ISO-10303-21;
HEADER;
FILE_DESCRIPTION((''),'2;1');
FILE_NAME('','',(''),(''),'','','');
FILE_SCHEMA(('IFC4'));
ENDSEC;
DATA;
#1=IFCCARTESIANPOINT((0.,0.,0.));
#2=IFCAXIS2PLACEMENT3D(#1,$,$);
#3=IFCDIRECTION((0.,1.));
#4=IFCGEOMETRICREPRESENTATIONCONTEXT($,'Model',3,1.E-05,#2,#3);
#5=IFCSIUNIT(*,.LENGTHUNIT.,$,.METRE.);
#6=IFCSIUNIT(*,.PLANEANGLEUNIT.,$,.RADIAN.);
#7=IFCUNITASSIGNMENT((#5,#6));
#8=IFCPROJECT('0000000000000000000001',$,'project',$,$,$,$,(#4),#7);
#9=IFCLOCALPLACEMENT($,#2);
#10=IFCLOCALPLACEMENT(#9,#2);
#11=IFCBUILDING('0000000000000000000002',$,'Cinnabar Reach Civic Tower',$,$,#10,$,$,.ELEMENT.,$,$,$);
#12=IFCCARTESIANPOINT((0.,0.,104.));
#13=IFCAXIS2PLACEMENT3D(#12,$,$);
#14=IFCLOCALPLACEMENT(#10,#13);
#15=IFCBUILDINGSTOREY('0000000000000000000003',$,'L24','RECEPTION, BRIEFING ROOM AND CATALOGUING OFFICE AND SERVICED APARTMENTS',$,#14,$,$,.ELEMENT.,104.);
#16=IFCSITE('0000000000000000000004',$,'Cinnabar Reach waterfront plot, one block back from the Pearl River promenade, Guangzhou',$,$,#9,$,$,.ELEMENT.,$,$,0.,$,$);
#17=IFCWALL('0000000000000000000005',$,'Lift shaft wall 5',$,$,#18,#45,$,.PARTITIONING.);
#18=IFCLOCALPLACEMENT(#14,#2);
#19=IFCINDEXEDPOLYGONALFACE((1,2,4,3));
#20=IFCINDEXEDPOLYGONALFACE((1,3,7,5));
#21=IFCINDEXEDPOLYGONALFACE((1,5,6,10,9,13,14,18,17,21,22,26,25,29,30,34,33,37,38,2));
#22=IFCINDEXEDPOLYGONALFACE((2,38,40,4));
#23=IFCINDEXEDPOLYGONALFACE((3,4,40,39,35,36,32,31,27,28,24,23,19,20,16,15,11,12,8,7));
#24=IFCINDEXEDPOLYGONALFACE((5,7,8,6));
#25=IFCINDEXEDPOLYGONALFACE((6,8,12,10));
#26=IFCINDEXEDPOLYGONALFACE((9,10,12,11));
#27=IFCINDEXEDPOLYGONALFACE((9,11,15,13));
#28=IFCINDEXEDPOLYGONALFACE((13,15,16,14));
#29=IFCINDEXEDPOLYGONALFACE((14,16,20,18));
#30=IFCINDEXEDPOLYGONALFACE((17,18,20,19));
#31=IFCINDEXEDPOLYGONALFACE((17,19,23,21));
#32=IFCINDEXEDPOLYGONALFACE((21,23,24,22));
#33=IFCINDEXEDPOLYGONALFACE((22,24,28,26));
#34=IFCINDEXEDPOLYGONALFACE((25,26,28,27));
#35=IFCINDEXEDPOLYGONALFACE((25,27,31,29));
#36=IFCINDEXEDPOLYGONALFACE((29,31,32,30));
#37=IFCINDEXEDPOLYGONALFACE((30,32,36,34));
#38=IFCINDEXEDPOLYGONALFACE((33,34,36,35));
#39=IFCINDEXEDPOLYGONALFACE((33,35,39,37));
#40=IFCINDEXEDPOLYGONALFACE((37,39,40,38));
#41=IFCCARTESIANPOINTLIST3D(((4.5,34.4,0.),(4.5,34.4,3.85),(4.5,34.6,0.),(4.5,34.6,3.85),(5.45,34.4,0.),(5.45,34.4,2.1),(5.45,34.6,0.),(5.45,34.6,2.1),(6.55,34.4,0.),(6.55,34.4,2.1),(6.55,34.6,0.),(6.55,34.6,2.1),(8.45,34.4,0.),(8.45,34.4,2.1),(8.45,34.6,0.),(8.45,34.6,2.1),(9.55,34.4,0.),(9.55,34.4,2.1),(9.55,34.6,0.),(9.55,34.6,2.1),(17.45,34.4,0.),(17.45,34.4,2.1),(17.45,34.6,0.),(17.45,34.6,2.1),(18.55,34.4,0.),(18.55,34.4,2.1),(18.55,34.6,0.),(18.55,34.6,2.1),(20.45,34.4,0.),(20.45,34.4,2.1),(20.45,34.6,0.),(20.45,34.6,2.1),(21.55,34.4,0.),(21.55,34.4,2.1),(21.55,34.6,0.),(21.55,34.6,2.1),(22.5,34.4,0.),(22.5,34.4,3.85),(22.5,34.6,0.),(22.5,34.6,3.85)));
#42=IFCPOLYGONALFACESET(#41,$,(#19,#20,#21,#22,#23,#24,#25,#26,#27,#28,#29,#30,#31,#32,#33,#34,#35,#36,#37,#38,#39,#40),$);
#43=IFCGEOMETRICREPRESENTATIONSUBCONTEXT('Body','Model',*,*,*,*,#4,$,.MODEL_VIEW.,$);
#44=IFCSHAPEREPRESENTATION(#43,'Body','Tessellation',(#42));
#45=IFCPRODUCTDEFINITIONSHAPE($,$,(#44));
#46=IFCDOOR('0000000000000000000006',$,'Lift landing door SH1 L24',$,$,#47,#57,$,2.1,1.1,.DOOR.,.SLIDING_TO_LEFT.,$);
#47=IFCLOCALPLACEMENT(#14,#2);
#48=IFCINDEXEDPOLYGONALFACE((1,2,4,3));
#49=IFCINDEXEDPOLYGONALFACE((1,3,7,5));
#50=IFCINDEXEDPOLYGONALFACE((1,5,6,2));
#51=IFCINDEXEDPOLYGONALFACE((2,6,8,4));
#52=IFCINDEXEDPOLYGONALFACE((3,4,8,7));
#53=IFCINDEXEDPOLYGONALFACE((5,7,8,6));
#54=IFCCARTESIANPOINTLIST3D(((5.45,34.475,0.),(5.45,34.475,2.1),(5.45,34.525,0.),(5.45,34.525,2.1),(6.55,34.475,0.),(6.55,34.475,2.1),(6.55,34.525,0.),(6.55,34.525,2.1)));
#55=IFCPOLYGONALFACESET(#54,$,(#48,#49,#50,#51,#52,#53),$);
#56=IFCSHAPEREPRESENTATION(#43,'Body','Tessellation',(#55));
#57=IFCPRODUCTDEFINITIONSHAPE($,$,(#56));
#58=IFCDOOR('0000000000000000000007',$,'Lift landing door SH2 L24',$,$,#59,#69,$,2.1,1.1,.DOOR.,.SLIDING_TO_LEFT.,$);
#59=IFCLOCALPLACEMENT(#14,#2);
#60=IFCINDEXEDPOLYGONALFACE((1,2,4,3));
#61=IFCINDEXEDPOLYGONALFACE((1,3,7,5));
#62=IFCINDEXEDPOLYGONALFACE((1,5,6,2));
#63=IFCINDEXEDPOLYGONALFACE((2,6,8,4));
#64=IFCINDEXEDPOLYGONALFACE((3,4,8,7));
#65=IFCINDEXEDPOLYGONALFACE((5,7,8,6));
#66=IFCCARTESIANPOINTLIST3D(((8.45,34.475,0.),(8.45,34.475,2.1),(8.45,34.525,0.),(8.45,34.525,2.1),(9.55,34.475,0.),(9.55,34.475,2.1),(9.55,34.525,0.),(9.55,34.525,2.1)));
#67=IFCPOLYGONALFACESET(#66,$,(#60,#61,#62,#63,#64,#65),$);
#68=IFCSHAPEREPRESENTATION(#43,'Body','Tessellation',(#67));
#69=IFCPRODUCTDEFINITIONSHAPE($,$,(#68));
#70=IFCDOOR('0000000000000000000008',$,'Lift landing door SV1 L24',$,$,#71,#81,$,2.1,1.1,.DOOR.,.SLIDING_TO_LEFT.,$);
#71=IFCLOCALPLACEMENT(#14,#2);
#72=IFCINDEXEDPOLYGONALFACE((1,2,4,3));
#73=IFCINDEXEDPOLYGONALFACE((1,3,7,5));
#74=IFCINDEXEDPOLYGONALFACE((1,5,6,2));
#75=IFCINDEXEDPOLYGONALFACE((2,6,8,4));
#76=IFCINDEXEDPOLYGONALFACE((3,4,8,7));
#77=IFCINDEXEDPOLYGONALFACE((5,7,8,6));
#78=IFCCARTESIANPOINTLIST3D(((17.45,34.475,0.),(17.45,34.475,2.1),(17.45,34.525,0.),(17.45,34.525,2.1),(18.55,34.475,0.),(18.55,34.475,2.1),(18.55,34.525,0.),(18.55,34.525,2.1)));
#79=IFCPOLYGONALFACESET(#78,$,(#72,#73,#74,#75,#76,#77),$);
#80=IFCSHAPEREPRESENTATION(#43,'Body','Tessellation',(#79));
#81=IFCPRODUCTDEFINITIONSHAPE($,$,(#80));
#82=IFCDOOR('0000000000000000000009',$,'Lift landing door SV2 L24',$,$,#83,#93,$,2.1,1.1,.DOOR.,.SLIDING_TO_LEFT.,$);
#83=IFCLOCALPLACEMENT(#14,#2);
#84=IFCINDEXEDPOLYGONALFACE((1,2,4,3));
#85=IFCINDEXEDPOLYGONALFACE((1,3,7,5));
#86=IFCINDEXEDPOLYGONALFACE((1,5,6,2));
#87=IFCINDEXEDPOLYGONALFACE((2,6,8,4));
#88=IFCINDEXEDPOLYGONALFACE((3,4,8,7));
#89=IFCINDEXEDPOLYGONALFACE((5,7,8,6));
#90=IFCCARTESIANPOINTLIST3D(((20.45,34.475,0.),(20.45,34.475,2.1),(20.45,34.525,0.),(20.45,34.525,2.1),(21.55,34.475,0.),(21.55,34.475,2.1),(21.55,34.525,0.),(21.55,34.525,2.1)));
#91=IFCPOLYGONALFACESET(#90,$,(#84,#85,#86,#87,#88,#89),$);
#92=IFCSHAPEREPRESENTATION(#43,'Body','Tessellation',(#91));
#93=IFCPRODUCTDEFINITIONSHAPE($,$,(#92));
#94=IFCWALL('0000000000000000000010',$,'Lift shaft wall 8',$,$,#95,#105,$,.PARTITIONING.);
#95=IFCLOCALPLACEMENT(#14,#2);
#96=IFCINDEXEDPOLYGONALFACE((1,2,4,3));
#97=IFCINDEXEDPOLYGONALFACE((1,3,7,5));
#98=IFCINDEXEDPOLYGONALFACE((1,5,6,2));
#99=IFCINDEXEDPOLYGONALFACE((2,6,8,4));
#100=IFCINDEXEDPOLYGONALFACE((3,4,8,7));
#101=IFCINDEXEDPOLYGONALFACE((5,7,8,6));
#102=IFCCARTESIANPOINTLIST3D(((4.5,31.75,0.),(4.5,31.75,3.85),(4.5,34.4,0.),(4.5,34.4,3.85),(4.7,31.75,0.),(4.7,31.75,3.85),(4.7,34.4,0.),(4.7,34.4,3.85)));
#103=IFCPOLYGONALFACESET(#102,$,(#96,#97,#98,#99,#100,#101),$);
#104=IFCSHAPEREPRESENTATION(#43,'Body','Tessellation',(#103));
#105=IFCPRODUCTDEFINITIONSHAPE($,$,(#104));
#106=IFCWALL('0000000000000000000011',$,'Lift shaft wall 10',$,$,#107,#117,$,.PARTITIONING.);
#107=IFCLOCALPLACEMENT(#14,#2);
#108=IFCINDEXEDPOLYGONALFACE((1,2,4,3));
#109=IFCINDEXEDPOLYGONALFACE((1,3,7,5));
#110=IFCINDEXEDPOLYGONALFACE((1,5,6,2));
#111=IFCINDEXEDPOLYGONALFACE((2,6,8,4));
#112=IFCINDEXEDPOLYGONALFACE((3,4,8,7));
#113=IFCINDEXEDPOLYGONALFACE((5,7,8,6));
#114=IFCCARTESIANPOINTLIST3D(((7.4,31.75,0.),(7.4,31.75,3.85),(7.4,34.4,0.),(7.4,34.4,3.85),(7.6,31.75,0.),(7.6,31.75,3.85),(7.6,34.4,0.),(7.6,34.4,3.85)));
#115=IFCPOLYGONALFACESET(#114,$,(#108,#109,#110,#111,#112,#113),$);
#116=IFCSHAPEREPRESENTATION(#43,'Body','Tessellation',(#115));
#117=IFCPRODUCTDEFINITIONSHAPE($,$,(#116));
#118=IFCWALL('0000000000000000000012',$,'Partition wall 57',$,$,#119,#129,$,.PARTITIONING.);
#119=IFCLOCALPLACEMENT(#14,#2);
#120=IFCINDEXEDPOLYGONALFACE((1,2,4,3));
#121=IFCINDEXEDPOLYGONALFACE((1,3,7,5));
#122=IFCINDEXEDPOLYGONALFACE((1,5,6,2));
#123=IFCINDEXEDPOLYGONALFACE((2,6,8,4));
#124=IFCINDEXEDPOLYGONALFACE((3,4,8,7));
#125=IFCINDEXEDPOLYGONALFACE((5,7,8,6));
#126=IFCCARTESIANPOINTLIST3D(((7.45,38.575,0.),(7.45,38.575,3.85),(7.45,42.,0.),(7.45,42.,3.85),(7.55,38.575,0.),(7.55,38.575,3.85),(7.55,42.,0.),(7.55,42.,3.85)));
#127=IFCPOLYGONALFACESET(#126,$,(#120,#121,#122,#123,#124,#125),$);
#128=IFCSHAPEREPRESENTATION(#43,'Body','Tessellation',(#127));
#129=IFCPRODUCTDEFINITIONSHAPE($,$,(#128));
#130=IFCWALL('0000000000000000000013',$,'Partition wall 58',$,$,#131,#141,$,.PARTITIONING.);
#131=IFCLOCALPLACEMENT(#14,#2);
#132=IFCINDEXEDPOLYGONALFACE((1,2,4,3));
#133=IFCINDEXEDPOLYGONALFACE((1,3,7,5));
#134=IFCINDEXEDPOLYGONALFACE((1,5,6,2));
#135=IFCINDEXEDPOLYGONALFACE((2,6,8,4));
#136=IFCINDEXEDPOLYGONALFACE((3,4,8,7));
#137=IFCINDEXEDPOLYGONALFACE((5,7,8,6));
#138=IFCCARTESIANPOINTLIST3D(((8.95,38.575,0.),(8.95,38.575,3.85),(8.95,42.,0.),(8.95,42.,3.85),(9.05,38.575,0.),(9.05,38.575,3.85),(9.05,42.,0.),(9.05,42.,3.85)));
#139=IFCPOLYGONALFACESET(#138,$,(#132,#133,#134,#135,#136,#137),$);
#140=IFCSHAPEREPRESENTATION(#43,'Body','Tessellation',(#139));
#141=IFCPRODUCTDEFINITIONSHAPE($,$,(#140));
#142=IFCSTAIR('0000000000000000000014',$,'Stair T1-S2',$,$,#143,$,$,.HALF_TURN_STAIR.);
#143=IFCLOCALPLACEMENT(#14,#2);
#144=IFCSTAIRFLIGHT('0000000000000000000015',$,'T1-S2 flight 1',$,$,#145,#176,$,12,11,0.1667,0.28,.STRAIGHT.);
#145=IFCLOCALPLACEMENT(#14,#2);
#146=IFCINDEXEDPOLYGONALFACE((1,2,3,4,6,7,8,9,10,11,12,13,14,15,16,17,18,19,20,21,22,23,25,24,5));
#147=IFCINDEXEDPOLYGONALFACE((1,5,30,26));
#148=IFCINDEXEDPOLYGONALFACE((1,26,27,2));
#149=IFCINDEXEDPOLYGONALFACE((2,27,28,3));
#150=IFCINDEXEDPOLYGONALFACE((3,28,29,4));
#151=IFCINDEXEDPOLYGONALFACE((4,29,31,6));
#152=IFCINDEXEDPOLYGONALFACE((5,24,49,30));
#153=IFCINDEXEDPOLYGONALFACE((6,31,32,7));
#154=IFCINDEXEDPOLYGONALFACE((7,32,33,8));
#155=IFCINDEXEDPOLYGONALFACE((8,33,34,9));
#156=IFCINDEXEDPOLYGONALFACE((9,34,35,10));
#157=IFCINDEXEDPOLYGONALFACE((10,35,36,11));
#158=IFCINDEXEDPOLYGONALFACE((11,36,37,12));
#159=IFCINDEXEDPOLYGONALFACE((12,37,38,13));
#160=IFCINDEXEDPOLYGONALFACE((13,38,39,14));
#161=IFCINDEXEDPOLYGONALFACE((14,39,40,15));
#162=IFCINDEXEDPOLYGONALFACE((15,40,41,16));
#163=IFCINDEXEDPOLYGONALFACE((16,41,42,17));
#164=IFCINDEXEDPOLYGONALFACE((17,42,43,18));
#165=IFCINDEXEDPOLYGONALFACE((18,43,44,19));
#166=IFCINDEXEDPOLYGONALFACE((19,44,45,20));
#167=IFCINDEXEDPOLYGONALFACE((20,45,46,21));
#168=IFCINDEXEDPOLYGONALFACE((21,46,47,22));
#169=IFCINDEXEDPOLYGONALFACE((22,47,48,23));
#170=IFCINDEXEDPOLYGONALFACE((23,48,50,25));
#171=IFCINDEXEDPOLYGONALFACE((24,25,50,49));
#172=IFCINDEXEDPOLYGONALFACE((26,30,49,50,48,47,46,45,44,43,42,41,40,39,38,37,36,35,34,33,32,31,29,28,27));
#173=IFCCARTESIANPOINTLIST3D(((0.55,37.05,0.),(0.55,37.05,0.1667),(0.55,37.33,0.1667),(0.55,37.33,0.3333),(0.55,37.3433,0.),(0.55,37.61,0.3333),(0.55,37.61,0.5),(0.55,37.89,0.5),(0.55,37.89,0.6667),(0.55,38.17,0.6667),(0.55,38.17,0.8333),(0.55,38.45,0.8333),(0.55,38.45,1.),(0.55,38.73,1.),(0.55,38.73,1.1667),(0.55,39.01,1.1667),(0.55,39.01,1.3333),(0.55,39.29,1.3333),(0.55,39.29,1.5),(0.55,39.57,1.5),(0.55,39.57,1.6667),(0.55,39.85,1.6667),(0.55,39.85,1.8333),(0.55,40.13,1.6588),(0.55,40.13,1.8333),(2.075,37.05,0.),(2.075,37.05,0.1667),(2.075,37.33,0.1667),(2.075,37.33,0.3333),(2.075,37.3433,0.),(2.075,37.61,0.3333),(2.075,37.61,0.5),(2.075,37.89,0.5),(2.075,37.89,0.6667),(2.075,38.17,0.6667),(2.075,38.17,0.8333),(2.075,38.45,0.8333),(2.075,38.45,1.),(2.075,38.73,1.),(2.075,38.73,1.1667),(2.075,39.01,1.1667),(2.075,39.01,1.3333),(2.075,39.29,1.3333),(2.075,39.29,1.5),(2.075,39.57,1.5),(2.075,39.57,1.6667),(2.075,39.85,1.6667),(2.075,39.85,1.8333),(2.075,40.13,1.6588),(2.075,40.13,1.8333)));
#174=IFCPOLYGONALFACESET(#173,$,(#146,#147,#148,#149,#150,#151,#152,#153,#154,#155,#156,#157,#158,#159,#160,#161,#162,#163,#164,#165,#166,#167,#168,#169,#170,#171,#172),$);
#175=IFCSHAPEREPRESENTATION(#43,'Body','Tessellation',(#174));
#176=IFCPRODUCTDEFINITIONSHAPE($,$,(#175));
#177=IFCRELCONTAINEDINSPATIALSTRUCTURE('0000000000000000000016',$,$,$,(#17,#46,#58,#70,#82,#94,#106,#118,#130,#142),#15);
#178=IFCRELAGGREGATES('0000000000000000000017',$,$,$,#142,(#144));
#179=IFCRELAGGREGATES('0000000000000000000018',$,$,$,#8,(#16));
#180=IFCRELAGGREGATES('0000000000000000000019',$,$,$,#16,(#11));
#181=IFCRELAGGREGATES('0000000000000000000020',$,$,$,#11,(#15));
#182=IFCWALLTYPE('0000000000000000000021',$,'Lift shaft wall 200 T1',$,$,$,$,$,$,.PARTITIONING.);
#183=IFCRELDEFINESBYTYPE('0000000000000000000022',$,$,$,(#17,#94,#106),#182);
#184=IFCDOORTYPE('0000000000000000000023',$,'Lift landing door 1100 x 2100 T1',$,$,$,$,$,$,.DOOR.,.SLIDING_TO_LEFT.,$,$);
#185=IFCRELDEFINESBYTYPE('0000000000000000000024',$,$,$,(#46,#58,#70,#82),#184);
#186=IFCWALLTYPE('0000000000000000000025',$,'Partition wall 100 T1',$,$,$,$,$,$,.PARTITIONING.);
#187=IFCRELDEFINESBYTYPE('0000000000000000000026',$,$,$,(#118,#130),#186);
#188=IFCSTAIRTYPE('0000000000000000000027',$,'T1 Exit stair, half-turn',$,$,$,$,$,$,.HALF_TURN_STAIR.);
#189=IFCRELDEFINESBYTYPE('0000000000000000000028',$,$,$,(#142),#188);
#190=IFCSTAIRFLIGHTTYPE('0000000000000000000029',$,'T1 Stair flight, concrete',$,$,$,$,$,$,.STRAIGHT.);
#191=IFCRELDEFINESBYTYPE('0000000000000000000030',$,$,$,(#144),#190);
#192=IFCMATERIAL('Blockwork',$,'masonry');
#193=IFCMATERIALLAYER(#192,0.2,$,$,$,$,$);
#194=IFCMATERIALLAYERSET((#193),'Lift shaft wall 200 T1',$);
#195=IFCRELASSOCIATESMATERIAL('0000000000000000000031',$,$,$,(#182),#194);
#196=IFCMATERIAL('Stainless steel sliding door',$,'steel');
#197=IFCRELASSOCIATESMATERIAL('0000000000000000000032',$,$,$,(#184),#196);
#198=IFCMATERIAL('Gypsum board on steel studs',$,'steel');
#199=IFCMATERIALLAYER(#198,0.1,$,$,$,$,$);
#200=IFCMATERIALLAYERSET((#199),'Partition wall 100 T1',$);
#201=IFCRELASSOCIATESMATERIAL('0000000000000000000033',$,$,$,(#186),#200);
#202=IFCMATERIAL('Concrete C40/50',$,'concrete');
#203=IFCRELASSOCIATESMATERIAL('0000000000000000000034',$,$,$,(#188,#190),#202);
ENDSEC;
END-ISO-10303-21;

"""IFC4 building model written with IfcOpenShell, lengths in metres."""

from ifc_helpers import new_model, si_unit, direction, frame, frame_2d, origin, place, context, subcontext, project, spatial, polyline, rectangle, outline, extrude, material, layer, layer_set, type_object, element, fill, aggregate, save


model = new_model("IFC4")

# Units and contexts
model_context = context("Model", 3, precision=1e-05, world=origin(), true_north=direction((0.0, 1.0)))
body_context = subcontext(model_context, "Body", "Model", "MODEL_VIEW")
ifc_project = project(units=[si_unit("LENGTHUNIT", "METRE"), si_unit("PLANEANGLEUNIT", "RADIAN")], contexts=[model_context])

# Site, building, storey
site_placement = place(None, origin())
site = spatial("IfcSite", under=ifc_project, at=site_placement, Name="Cinnabar Reach waterfront plot, one block back from the Pearl River promenade, Guangzhou", CompositionType="ELEMENT", RefElevation=0.0)
building_placement = place(site_placement, origin())
building = spatial("IfcBuilding", under=site, at=building_placement, Name="Cinnabar Reach Civic Tower", CompositionType="ELEMENT")
storey_placement = place(building_placement, frame((0.0, 0.0, 104.0)))
storey = spatial("IfcBuildingStorey", under=building, at=storey_placement, Name="L24", Description="RECEPTION, BRIEFING ROOM AND CATALOGUING OFFICE AND SERVICED APARTMENTS", CompositionType="ELEMENT", Elevation=104.0)

# Wall, openings, doors
ifc_material_1 = material(Name="Blockwork", Category="masonry")
ifc_layer_1 = layer(ifc_material_1, 0.2)
ifc_layer_set_1 = layer_set([ifc_layer_1], Name="Lift shaft wall 200 T1")
wall_type_1 = type_object("IfcWallType", Name="Lift shaft wall 200 T1", PredefinedType="PARTITIONING", material=ifc_layer_set_1)
wall_1_placement = place(storey_placement, frame((4.5, 34.5, 0.0), z_axis=(0.0, 0.0, 1.0), x_axis=(1.0, 0.0, 0.0)))
wall_1 = element("IfcWall", 1, at=wall_1_placement, inside=storey, type_object=wall_type_1, Name="Lift shaft wall 5", PredefinedType="PARTITIONING", context=body_context, shape_type="SweptSolid", body=[
    extrude(rectangle(XDim=18.0, YDim=0.2, at=frame_2d((9.0, 0.0))), origin(), (0.0, 0.0, 1.0), 3.85),
])
opening_1_placement = place(wall_1_placement, frame((0.95, 0.0, 0.0)))
opening_1 = element("IfcOpeningElement", 2, at=opening_1_placement, cuts=wall_1, PredefinedType="OPENING", context=body_context, shape_type="SweptSolid", body=[
    extrude(rectangle(XDim=1.1, YDim=2.1, at=frame_2d((0.55, 1.05))), frame((0.0, 0.11, 0.0), z_axis=(0.0, -1.0, 0.0), x_axis=(1.0, 0.0, 0.0)), (0.0, 0.0, 1.0), 0.22),
])
opening_2_placement = place(wall_1_placement, frame((3.95, 0.0, 0.0)))
opening_2 = element("IfcOpeningElement", 3, at=opening_2_placement, cuts=wall_1, PredefinedType="OPENING", context=body_context, shape_type="SweptSolid", body=[
    extrude(rectangle(XDim=1.1, YDim=2.1, at=frame_2d((0.55, 1.05))), frame((0.0, 0.11, 0.0), z_axis=(0.0, -1.0, 0.0), x_axis=(1.0, 0.0, 0.0)), (0.0, 0.0, 1.0), 0.22),
])
opening_3_placement = place(wall_1_placement, frame((12.95, 0.0, 0.0)))
opening_3 = element("IfcOpeningElement", 4, at=opening_3_placement, cuts=wall_1, PredefinedType="OPENING", context=body_context, shape_type="SweptSolid", body=[
    extrude(rectangle(XDim=1.1, YDim=2.1, at=frame_2d((0.55, 1.05))), frame((0.0, 0.11, 0.0), z_axis=(0.0, -1.0, 0.0), x_axis=(1.0, 0.0, 0.0)), (0.0, 0.0, 1.0), 0.22),
])
opening_4_placement = place(wall_1_placement, frame((15.95, 0.0, 0.0)))
opening_4 = element("IfcOpeningElement", 5, at=opening_4_placement, cuts=wall_1, PredefinedType="OPENING", context=body_context, shape_type="SweptSolid", body=[
    extrude(rectangle(XDim=1.1, YDim=2.1, at=frame_2d((0.55, 1.05))), frame((0.0, 0.11, 0.0), z_axis=(0.0, -1.0, 0.0), x_axis=(1.0, 0.0, 0.0)), (0.0, 0.0, 1.0), 0.22),
])
ifc_material_2 = material(Name="Stainless steel sliding door", Category="steel")
door_type_1 = type_object("IfcDoorType", Name="Lift landing door 1100 x 2100 T1", OperationType="SLIDING_TO_LEFT", PredefinedType="DOOR", material=ifc_material_2)
door_1_placement = place(opening_1_placement, origin())
door_1 = element("IfcDoor", 6, at=door_1_placement, inside=storey, type_object=door_type_1, Name="Lift landing door SH1 L24", OperationType="SLIDING_TO_LEFT", OverallHeight=2.1, OverallWidth=1.1, PredefinedType="DOOR", context=body_context, shape_type="SweptSolid", body=[
    extrude(rectangle(XDim=1.1, YDim=2.1, at=frame_2d((0.55, 1.05))), frame((0.0, 0.025, 0.0), z_axis=(0.0, -1.0, 0.0), x_axis=(1.0, 0.0, 0.0)), (0.0, 0.0, 1.0), 0.05),
])
fill(opening_1, door_1)
door_2_placement = place(opening_2_placement, origin())
door_2 = element("IfcDoor", 7, at=door_2_placement, inside=storey, type_object=door_type_1, Name="Lift landing door SH2 L24", OperationType="SLIDING_TO_LEFT", OverallHeight=2.1, OverallWidth=1.1, PredefinedType="DOOR", context=body_context, shape_type="SweptSolid", body=[
    extrude(rectangle(XDim=1.1, YDim=2.1, at=frame_2d((0.55, 1.05))), frame((0.0, 0.025, 0.0), z_axis=(0.0, -1.0, 0.0), x_axis=(1.0, 0.0, 0.0)), (0.0, 0.0, 1.0), 0.05),
])
fill(opening_2, door_2)
door_3_placement = place(opening_3_placement, origin())
door_3 = element("IfcDoor", 8, at=door_3_placement, inside=storey, type_object=door_type_1, Name="Lift landing door SV1 L24", OperationType="SLIDING_TO_LEFT", OverallHeight=2.1, OverallWidth=1.1, PredefinedType="DOOR", context=body_context, shape_type="SweptSolid", body=[
    extrude(rectangle(XDim=1.1, YDim=2.1, at=frame_2d((0.55, 1.05))), frame((0.0, 0.025, 0.0), z_axis=(0.0, -1.0, 0.0), x_axis=(1.0, 0.0, 0.0)), (0.0, 0.0, 1.0), 0.05),
])
fill(opening_3, door_3)
door_4_placement = place(opening_4_placement, origin())
door_4 = element("IfcDoor", 9, at=door_4_placement, inside=storey, type_object=door_type_1, Name="Lift landing door SV2 L24", OperationType="SLIDING_TO_LEFT", OverallHeight=2.1, OverallWidth=1.1, PredefinedType="DOOR", context=body_context, shape_type="SweptSolid", body=[
    extrude(rectangle(XDim=1.1, YDim=2.1, at=frame_2d((0.55, 1.05))), frame((0.0, 0.025, 0.0), z_axis=(0.0, -1.0, 0.0), x_axis=(1.0, 0.0, 0.0)), (0.0, 0.0, 1.0), 0.05),
])
fill(opening_4, door_4)

# Walls
for number, where, z_axis, x_axis, name in (
    (10, (4.6, 31.75, 0.0), (0.0, 0.0, 1.0), (0.0, 1.0, 0.0), "Lift shaft wall 8"),
    (11, (7.5, 31.75, 0.0), (0.0, 0.0, 1.0), (0.0, 1.0, 0.0), "Lift shaft wall 10"),
):
    element("IfcWall", number, at=place(storey_placement, frame(where, z_axis=z_axis, x_axis=x_axis)), inside=storey, type_object=wall_type_1, Name=name, PredefinedType="PARTITIONING", context=body_context, shape_type="SweptSolid", body=[
        extrude(rectangle(XDim=2.65, YDim=0.2, at=frame_2d((1.325, 0.0))), origin(), (0.0, 0.0, 1.0), 3.85),
    ])
ifc_material_3 = material(Name="Gypsum board on steel studs", Category="steel")
ifc_layer_2 = layer(ifc_material_3, 0.1)
ifc_layer_set_2 = layer_set([ifc_layer_2], Name="Partition wall 100 T1")
wall_type_2 = type_object("IfcWallType", Name="Partition wall 100 T1", PredefinedType="PARTITIONING", material=ifc_layer_set_2)
for number, where, z_axis, x_axis, name in (
    (12, (7.5, 38.575, 0.0), (0.0, 0.0, 1.0), (0.0, 1.0, 0.0), "Partition wall 57"),
    (13, (9.0, 38.575, 0.0), (0.0, 0.0, 1.0), (0.0, 1.0, 0.0), "Partition wall 58"),
):
    element("IfcWall", number, at=place(storey_placement, frame(where, z_axis=z_axis, x_axis=x_axis)), inside=storey, type_object=wall_type_2, Name=name, PredefinedType="PARTITIONING", context=body_context, shape_type="SweptSolid", body=[
        extrude(rectangle(XDim=3.425, YDim=0.1, at=frame_2d((1.7125, 0.0))), origin(), (0.0, 0.0, 1.0), 3.85),
    ])

# Stair, stair flight
ifc_material_4 = material(Name="Concrete C40/50", Category="concrete")
stair_type = type_object("IfcStairType", Name="T1 Exit stair, half-turn", PredefinedType="HALF_TURN_STAIR", material=ifc_material_4)
stair_placement = place(storey_placement, origin())
stair = element("IfcStair", 14, at=stair_placement, inside=storey, type_object=stair_type, Name="Stair T1-S2", PredefinedType="HALF_TURN_STAIR")
stair_flight_type = type_object("IfcStairFlightType", Name="T1 Stair flight, concrete", PredefinedType="STRAIGHT", material=ifc_material_4)
stair_flight_1_placement = place(storey_placement, frame((1.3125, 37.05, 0.0), z_axis=(0.0, 0.0, 1.0), x_axis=(0.0, 1.0, 0.0)))
stair_flight_1 = element("IfcStairFlight", 15, at=stair_flight_1_placement, type_object=stair_flight_type, Name="T1-S2 flight 1", NumberOfRisers=12, NumberOfTreads=11, PredefinedType="STRAIGHT", RiserHeight=0.1667, TreadLength=0.28, context=body_context, shape_type="SweptSolid", body=[
    extrude(outline(polyline([(0.0, 0.0), (0.0, 0.1667), (0.28, 0.1667), (0.28, 0.3333), (0.56, 0.3333), (0.56, 0.5), (0.84, 0.5), (0.84, 0.6667), (1.12, 0.6667), (1.12, 0.8333), (1.4, 0.8333), (1.4, 1.0), (1.68, 1.0), (1.68, 1.1667), (1.96, 1.1667), (1.96, 1.3333), (2.24, 1.3333), (2.24, 1.5), (2.52, 1.5), (2.52, 1.6667), (2.8, 1.6667), (2.8, 1.8333), (3.08, 1.8333), (3.08, 2.0), (3.08, 1.6588), (0.2933, 0.0), (0.0, 0.0)])), frame((0.0, 0.7625, 0.0), z_axis=(0.0, -1.0, 0.0), x_axis=(1.0, 0.0, 0.0)), (0.0, 0.0, 1.0), 1.525),
])
aggregate(stair, [stair_flight_1])

save(model, "model.ifc")
